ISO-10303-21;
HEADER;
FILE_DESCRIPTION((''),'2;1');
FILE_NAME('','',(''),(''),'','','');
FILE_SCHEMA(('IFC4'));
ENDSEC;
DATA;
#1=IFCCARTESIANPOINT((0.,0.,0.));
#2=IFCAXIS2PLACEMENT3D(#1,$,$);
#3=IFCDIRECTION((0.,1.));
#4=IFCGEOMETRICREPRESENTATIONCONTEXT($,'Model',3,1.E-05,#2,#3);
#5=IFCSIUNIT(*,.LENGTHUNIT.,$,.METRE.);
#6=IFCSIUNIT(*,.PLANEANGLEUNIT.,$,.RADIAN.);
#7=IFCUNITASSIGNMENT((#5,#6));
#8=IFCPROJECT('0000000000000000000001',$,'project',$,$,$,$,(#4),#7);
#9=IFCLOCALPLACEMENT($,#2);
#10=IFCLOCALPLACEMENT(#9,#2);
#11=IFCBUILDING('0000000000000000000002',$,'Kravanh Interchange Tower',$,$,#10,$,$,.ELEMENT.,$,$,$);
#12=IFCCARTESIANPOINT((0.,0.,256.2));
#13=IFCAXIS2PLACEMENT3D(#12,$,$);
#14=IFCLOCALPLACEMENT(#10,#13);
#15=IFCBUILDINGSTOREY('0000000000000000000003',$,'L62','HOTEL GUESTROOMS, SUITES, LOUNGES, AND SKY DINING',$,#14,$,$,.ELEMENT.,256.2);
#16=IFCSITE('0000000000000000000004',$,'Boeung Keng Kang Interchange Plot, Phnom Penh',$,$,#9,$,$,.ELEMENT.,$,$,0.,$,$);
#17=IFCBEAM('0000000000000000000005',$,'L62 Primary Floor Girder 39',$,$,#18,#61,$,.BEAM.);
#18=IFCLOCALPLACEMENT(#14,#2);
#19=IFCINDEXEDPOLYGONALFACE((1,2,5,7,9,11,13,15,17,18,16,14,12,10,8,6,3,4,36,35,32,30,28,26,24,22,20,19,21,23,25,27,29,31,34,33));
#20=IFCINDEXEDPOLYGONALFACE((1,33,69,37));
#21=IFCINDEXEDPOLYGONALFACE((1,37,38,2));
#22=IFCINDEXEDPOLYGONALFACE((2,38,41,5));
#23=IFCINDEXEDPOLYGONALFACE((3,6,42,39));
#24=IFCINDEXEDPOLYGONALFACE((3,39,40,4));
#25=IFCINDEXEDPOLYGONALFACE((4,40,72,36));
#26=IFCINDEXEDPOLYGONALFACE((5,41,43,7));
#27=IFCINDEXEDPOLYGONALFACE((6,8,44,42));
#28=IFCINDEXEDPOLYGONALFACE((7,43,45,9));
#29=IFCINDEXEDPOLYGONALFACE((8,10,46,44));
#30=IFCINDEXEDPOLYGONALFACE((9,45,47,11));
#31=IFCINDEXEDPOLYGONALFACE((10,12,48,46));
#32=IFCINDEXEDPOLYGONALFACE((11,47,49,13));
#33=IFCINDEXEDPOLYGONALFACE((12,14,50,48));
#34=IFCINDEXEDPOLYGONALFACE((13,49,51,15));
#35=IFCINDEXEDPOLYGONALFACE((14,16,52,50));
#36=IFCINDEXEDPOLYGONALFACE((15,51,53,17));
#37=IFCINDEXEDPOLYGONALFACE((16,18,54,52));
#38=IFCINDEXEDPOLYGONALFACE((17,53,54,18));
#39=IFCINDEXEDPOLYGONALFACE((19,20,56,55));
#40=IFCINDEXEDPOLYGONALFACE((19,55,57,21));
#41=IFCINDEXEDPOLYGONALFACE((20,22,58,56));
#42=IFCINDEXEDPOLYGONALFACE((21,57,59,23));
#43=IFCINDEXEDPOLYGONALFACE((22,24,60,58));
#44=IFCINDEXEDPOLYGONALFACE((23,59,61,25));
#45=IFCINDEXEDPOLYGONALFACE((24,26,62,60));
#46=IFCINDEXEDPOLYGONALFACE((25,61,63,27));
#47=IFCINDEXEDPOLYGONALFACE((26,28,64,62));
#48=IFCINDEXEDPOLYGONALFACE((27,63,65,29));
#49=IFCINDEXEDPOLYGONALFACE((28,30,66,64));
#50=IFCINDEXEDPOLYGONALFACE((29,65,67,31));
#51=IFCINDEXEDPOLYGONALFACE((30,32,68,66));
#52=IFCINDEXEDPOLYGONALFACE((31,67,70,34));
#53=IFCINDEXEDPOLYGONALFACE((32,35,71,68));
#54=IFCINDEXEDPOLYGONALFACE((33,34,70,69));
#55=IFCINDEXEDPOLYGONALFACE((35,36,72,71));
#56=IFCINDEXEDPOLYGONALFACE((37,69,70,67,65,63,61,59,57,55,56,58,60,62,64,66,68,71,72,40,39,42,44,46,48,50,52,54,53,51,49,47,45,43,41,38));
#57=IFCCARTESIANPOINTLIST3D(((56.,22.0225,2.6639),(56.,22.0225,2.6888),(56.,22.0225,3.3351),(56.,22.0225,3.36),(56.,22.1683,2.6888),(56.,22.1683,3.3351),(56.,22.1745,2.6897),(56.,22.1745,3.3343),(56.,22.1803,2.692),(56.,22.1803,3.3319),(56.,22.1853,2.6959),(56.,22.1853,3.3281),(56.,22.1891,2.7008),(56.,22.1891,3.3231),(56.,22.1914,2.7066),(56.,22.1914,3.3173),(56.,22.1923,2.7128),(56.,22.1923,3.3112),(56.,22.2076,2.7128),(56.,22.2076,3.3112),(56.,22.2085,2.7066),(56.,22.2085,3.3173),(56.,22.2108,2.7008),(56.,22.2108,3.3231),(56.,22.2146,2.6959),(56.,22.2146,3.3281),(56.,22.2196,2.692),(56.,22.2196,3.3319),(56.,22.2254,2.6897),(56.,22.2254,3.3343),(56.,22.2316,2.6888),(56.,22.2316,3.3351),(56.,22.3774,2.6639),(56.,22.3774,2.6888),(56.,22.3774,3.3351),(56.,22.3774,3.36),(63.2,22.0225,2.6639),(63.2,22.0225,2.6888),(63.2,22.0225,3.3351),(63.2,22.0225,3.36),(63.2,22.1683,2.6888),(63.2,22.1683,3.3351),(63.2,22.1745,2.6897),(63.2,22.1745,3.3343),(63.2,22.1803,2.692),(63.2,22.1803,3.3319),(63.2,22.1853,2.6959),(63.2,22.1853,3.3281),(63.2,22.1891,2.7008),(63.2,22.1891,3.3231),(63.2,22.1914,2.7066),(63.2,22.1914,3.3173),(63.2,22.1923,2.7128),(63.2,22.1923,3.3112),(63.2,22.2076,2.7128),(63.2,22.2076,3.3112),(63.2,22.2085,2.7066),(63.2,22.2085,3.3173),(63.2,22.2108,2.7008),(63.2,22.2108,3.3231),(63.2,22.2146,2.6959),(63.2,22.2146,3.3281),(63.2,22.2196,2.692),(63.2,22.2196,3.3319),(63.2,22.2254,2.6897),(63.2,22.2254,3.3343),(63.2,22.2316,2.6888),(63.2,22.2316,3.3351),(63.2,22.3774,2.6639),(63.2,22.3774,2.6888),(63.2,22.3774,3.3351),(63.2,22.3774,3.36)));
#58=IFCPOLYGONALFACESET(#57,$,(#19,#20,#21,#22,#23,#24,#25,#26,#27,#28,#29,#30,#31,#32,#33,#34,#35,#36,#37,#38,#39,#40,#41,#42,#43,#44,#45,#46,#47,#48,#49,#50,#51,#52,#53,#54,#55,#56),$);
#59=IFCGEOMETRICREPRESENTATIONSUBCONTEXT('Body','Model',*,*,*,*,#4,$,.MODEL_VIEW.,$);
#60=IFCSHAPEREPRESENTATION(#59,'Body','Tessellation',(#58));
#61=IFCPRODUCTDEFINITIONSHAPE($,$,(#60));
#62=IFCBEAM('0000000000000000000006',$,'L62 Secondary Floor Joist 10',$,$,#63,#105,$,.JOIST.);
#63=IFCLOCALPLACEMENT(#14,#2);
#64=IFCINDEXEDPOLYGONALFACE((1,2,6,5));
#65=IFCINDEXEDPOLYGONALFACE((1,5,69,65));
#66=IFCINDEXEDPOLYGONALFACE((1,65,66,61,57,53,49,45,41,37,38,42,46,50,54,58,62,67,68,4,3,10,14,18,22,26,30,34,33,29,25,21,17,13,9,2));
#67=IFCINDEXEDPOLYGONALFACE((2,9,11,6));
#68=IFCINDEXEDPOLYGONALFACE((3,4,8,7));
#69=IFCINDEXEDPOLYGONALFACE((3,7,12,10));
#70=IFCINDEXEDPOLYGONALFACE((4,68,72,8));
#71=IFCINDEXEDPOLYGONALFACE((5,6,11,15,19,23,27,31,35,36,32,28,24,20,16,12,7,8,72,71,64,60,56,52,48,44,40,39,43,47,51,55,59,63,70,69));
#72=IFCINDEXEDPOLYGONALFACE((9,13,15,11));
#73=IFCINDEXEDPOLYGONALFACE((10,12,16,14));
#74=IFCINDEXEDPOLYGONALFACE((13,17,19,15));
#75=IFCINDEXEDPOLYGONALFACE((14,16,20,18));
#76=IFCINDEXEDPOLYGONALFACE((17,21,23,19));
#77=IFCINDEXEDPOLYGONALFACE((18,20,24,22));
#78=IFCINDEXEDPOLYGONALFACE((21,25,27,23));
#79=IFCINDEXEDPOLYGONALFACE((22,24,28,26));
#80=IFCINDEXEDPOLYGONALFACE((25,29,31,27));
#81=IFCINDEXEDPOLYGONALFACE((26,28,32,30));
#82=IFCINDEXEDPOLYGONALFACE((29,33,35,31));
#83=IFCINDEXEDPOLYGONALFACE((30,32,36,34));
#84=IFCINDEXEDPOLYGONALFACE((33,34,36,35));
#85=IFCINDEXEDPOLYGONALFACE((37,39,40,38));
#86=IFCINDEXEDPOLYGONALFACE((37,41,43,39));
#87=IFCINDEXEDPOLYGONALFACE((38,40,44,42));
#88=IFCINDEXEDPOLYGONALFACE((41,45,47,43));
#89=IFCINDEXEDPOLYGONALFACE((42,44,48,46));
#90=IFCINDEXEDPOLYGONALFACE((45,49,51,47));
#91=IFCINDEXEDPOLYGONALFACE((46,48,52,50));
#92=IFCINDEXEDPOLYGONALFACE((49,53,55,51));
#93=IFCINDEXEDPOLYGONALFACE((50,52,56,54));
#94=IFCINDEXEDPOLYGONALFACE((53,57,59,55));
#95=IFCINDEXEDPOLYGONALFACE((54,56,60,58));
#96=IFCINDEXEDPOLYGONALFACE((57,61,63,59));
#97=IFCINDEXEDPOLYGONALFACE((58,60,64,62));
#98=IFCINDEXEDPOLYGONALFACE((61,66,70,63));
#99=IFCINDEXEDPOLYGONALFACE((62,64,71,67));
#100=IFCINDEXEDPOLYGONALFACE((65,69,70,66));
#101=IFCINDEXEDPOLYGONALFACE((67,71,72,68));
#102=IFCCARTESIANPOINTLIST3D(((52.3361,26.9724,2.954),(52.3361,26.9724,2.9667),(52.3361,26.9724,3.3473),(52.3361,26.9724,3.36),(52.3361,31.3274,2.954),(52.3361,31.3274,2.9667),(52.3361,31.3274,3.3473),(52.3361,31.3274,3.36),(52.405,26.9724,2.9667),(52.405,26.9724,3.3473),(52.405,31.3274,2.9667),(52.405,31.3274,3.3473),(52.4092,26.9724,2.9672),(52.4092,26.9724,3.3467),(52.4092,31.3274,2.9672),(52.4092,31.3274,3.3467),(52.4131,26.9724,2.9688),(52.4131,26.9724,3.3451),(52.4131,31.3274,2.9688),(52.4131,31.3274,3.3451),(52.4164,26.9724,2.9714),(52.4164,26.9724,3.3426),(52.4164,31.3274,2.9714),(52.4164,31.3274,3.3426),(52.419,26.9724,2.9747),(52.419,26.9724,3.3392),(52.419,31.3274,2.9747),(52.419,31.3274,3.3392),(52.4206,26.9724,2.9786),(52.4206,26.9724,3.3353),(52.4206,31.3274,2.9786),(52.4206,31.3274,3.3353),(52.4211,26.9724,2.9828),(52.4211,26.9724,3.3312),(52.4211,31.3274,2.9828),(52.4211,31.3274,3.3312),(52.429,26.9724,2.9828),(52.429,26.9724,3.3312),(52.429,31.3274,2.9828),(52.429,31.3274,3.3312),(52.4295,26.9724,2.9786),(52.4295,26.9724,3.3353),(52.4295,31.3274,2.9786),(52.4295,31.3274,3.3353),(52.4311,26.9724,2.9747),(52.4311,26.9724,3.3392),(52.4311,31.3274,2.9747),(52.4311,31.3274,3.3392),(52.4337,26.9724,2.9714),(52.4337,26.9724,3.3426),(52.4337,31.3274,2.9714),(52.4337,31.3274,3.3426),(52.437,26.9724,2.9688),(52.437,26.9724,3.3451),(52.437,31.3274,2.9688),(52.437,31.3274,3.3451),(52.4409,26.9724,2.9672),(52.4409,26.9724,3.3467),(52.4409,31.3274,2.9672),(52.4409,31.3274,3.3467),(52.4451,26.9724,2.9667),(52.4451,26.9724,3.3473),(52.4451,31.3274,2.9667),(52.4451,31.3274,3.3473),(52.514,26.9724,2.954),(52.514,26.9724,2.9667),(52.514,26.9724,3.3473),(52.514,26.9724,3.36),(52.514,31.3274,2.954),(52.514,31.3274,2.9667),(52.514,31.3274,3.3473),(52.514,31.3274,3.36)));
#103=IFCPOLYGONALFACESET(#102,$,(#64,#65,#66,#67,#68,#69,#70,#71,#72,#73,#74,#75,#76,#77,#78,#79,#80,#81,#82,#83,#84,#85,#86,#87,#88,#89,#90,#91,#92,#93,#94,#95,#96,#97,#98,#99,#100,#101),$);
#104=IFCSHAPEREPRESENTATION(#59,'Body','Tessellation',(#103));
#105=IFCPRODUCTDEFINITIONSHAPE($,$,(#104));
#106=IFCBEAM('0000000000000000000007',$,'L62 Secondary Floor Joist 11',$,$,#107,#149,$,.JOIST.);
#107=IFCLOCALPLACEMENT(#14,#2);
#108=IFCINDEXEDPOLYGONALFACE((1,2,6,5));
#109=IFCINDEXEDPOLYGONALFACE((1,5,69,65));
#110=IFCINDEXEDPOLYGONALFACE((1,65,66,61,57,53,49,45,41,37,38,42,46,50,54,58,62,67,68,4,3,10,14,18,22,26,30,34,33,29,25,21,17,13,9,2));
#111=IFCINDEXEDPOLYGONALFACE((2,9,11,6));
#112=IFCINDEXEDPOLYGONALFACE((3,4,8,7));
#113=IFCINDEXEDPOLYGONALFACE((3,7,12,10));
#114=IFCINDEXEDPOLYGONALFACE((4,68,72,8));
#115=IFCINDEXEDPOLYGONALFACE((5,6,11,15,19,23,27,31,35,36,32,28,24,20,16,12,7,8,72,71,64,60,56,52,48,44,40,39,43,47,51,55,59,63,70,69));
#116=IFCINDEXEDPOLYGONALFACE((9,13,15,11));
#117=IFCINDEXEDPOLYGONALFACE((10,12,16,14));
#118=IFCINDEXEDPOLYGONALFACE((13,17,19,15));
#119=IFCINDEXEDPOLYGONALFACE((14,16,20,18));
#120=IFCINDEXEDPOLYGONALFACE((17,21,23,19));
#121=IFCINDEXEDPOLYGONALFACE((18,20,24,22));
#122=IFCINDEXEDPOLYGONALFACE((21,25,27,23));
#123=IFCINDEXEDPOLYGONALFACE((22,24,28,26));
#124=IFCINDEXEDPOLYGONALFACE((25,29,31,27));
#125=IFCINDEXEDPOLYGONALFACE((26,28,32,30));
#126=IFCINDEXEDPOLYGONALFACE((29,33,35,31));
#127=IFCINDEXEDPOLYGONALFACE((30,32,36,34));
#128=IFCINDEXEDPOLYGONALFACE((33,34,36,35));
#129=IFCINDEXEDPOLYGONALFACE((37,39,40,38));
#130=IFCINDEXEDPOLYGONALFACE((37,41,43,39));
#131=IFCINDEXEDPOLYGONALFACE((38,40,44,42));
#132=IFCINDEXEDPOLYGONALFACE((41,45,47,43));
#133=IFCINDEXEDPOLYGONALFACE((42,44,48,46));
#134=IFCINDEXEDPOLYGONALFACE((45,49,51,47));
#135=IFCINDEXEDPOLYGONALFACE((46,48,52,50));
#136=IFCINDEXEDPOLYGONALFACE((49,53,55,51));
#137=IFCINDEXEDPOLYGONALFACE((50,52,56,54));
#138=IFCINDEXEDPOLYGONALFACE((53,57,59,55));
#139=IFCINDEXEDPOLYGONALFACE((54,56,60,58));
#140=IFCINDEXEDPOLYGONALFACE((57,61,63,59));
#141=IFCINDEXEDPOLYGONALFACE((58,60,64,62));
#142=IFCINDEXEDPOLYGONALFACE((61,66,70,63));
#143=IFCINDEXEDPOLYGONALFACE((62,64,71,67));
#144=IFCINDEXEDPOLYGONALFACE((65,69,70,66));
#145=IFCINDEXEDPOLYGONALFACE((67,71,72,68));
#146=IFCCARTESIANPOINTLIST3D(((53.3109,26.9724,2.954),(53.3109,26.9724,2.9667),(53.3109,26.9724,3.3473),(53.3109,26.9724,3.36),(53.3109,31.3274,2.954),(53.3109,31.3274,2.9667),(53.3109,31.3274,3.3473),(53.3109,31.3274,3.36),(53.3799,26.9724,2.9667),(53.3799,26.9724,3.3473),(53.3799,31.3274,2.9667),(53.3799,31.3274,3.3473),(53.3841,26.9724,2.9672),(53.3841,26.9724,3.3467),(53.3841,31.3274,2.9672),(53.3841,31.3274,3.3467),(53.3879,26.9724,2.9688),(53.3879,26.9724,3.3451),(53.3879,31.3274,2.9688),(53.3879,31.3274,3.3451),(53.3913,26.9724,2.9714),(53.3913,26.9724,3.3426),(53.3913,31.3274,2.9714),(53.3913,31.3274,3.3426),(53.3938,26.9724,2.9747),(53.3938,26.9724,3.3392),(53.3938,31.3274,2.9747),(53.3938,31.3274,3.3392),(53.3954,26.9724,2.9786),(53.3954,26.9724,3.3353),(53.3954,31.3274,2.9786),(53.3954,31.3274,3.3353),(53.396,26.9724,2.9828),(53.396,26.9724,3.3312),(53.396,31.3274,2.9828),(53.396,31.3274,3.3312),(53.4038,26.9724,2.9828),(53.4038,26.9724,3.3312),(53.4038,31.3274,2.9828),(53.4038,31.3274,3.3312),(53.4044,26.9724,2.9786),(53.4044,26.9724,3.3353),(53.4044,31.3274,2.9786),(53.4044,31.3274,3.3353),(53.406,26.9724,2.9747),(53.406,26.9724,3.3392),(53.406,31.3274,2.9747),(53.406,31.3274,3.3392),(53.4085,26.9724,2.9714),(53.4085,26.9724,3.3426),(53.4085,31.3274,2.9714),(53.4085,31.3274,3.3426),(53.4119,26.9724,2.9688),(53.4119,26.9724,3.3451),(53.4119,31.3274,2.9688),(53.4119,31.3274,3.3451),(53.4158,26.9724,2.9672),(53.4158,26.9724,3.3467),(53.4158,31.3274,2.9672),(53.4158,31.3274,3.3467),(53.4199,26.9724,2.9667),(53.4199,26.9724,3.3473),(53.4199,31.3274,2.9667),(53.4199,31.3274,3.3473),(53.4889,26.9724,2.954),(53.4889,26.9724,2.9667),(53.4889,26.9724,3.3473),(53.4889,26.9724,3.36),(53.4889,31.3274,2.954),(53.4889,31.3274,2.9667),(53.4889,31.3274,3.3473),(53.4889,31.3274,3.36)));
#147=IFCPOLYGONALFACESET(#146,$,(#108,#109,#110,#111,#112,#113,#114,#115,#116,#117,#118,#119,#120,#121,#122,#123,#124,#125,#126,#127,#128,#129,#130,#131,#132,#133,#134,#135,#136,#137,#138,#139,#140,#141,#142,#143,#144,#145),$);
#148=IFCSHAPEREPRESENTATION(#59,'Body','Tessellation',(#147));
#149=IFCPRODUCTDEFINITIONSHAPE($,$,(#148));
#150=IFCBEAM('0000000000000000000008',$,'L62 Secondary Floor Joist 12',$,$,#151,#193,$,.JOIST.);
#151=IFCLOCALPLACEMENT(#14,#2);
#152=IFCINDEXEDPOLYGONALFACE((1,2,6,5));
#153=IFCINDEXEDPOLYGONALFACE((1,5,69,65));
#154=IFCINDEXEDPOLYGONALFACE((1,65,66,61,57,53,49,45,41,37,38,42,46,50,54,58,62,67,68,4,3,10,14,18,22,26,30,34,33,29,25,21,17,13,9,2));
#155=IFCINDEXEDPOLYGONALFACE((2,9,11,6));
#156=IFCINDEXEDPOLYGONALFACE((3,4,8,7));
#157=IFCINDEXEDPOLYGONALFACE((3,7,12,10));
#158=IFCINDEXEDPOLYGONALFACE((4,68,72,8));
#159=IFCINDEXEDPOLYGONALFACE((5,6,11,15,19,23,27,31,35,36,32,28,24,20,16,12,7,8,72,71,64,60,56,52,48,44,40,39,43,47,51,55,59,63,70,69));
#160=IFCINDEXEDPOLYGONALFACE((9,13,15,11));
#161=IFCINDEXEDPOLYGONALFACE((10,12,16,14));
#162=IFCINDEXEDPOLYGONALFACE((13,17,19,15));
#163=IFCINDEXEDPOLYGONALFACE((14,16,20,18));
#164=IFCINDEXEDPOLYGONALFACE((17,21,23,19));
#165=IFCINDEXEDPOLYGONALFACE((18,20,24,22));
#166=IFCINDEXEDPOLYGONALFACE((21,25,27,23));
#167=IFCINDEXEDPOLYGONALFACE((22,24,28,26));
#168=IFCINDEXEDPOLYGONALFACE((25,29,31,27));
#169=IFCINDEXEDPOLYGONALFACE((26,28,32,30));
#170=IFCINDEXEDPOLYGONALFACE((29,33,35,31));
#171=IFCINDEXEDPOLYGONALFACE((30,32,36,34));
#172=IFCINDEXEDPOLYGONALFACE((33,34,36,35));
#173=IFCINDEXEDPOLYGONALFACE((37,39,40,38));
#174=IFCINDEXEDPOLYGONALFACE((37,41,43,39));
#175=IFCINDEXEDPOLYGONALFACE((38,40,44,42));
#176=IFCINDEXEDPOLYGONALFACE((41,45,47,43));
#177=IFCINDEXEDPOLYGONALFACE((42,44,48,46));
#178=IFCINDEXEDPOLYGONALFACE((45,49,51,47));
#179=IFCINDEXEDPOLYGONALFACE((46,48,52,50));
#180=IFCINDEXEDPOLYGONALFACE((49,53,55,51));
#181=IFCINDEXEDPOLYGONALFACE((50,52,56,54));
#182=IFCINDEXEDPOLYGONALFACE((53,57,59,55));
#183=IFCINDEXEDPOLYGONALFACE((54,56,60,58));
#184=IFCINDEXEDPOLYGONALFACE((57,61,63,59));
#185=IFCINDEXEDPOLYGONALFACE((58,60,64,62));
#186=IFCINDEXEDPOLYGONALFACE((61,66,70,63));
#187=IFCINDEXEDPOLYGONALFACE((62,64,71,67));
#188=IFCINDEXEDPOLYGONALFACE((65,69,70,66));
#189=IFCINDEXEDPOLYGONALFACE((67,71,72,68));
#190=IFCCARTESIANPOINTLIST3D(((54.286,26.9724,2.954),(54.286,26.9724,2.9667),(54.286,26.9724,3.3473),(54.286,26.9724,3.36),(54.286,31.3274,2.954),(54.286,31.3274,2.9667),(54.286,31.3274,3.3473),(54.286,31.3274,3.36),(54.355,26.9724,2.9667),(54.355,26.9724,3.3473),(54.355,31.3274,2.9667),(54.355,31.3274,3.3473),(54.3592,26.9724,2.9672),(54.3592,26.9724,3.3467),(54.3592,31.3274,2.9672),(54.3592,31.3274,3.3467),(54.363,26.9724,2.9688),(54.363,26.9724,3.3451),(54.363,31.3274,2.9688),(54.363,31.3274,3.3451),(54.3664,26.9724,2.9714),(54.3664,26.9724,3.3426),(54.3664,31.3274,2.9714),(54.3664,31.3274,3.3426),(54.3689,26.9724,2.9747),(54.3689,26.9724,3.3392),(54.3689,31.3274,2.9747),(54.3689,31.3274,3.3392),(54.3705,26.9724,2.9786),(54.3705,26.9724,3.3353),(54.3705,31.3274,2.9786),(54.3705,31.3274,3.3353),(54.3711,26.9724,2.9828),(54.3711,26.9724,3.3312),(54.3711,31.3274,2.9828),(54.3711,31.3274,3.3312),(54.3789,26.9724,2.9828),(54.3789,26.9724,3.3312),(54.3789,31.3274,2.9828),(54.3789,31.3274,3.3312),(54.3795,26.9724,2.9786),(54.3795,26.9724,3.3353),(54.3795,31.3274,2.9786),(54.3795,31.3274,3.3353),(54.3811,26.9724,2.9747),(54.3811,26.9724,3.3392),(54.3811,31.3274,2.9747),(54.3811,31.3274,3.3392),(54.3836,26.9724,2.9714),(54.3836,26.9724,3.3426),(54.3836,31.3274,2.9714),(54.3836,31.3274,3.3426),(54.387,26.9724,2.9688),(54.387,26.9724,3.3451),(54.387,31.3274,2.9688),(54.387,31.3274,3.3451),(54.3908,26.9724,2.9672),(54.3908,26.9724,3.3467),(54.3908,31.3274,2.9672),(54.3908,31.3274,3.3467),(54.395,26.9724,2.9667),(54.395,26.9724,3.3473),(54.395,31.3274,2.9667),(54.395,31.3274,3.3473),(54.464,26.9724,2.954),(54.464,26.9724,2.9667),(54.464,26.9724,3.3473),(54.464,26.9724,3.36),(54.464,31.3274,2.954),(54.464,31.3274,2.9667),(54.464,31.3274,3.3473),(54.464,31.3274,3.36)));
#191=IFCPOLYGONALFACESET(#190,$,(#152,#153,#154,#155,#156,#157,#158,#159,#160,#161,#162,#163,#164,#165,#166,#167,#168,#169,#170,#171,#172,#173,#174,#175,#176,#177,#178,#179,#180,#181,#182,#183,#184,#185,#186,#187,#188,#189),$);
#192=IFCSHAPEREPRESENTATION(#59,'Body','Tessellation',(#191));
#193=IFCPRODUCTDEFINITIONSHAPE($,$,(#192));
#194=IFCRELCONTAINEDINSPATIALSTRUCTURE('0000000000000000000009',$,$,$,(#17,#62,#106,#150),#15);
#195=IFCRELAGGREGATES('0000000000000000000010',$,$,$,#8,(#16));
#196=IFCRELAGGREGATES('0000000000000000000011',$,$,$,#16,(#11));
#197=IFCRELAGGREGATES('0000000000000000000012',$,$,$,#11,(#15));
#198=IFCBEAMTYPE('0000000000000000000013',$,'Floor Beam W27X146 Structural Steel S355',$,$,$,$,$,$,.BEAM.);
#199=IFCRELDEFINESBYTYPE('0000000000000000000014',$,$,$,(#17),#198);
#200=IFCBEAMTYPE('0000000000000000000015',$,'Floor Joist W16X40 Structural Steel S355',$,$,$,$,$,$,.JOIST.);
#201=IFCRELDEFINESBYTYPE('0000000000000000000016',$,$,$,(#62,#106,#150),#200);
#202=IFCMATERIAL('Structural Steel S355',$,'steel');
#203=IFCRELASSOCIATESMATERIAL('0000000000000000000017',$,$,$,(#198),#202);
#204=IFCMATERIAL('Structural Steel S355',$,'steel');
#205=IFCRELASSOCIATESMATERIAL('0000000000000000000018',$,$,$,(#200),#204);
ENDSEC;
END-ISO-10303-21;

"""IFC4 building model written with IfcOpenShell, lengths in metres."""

from ifc_helpers import new_model, si_unit, direction, frame, origin, origin_2d, place, context, subcontext, project, spatial, i_section, extrude, material, material_profile, profile_set, type_object, element, save


model = new_model("IFC4")

# Units and contexts
model_context = context("Model", 3, precision=1e-05, world=origin(), true_north=direction((0.0, 1.0)))
body_context = subcontext(model_context, "Body", "Model", "MODEL_VIEW")
ifc_project = project(units=[si_unit("LENGTHUNIT", "METRE"), si_unit("PLANEANGLEUNIT", "RADIAN")], contexts=[model_context])

# Site, building, storey
site_placement = place(None, origin())
site = spatial("IfcSite", under=ifc_project, at=site_placement, Name="Boeung Keng Kang Interchange Plot, Phnom Penh", CompositionType="ELEMENT", RefElevation=0.0)
building_placement = place(site_placement, origin())
building = spatial("IfcBuilding", under=site, at=building_placement, Name="Kravanh Interchange Tower", CompositionType="ELEMENT")
storey_placement = place(building_placement, frame((0.0, 0.0, 256.2)))
storey = spatial("IfcBuildingStorey", under=building, at=storey_placement, Name="L62", Description="HOTEL GUESTROOMS, SUITES, LOUNGES, AND SKY DINING", CompositionType="ELEMENT", Elevation=256.2)

# Beams
ifc_material_1 = material(Name="Structural Steel S355", Category="steel")
ifc_material_profile_1 = material_profile(ifc_material_1, i_section(OverallWidth=0.355, OverallDepth=0.696, WebThickness=0.0154, FlangeThickness=0.0249, FilletRadius=0.0239, at=origin_2d()), Name="W27X146")
ifc_profile_set_1 = profile_set([ifc_material_profile_1], Name="Structural Steel S355")
beam_type_1 = type_object("IfcBeamType", Name="Floor Beam W27X146 Structural Steel S355", PredefinedType="BEAM", material=ifc_profile_set_1)
beam_1_placement = place(storey_placement, frame((56.0, 22.2, 3.012), z_axis=(1.0, 0.0, 0.0), x_axis=(0.0, 1.0, 0.0)))
element("IfcBeam", 1, at=beam_1_placement, inside=storey, type_object=beam_type_1, Name="L62 Primary Floor Girder 39", PredefinedType="BEAM", context=body_context, shape_type="SweptSolid", body=[
    extrude(i_section(OverallWidth=0.355, OverallDepth=0.696, WebThickness=0.0154, FlangeThickness=0.0249, FilletRadius=0.0239, at=origin_2d()), origin(), (0.0, 0.0, 1.0), 7.2),
])
ifc_material_2 = material(Name="Structural Steel S355", Category="steel")
ifc_material_profile_2 = material_profile(ifc_material_2, i_section(OverallWidth=0.178, OverallDepth=0.406, WebThickness=0.0078, FlangeThickness=0.0127, FilletRadius=0.0161, at=origin_2d()), Name="W16X40")
ifc_profile_set_2 = profile_set([ifc_material_profile_2], Name="Structural Steel S355")
beam_type_2 = type_object("IfcBeamType", Name="Floor Joist W16X40 Structural Steel S355", PredefinedType="JOIST", material=ifc_profile_set_2)
for number, where, z_axis, x_axis, name in (
    (2, (52.425, 26.9724, 3.157), (0.0, 1.0, 0.0), (-1.0, 0.0, 0.0), "L62 Secondary Floor Joist 10"),
    (3, (53.3999, 26.9724, 3.157), (0.0, 1.0, 0.0), (-1.0, 0.0, 0.0), "L62 Secondary Floor Joist 11"),
    (4, (54.375, 26.9724, 3.157), (0.0, 1.0, 0.0), (-1.0, 0.0, 0.0), "L62 Secondary Floor Joist 12"),
):
    element("IfcBeam", number, at=place(storey_placement, frame(where, z_axis=z_axis, x_axis=x_axis)), inside=storey, type_object=beam_type_2, Name=name, PredefinedType="JOIST", context=body_context, shape_type="SweptSolid", body=[
        extrude(i_section(OverallWidth=0.178, OverallDepth=0.406, WebThickness=0.0078, FlangeThickness=0.0127, FilletRadius=0.0161, at=origin_2d()), origin(), (0.0, 0.0, 1.0), 4.355),
    ])

save(model, "model.ifc")
